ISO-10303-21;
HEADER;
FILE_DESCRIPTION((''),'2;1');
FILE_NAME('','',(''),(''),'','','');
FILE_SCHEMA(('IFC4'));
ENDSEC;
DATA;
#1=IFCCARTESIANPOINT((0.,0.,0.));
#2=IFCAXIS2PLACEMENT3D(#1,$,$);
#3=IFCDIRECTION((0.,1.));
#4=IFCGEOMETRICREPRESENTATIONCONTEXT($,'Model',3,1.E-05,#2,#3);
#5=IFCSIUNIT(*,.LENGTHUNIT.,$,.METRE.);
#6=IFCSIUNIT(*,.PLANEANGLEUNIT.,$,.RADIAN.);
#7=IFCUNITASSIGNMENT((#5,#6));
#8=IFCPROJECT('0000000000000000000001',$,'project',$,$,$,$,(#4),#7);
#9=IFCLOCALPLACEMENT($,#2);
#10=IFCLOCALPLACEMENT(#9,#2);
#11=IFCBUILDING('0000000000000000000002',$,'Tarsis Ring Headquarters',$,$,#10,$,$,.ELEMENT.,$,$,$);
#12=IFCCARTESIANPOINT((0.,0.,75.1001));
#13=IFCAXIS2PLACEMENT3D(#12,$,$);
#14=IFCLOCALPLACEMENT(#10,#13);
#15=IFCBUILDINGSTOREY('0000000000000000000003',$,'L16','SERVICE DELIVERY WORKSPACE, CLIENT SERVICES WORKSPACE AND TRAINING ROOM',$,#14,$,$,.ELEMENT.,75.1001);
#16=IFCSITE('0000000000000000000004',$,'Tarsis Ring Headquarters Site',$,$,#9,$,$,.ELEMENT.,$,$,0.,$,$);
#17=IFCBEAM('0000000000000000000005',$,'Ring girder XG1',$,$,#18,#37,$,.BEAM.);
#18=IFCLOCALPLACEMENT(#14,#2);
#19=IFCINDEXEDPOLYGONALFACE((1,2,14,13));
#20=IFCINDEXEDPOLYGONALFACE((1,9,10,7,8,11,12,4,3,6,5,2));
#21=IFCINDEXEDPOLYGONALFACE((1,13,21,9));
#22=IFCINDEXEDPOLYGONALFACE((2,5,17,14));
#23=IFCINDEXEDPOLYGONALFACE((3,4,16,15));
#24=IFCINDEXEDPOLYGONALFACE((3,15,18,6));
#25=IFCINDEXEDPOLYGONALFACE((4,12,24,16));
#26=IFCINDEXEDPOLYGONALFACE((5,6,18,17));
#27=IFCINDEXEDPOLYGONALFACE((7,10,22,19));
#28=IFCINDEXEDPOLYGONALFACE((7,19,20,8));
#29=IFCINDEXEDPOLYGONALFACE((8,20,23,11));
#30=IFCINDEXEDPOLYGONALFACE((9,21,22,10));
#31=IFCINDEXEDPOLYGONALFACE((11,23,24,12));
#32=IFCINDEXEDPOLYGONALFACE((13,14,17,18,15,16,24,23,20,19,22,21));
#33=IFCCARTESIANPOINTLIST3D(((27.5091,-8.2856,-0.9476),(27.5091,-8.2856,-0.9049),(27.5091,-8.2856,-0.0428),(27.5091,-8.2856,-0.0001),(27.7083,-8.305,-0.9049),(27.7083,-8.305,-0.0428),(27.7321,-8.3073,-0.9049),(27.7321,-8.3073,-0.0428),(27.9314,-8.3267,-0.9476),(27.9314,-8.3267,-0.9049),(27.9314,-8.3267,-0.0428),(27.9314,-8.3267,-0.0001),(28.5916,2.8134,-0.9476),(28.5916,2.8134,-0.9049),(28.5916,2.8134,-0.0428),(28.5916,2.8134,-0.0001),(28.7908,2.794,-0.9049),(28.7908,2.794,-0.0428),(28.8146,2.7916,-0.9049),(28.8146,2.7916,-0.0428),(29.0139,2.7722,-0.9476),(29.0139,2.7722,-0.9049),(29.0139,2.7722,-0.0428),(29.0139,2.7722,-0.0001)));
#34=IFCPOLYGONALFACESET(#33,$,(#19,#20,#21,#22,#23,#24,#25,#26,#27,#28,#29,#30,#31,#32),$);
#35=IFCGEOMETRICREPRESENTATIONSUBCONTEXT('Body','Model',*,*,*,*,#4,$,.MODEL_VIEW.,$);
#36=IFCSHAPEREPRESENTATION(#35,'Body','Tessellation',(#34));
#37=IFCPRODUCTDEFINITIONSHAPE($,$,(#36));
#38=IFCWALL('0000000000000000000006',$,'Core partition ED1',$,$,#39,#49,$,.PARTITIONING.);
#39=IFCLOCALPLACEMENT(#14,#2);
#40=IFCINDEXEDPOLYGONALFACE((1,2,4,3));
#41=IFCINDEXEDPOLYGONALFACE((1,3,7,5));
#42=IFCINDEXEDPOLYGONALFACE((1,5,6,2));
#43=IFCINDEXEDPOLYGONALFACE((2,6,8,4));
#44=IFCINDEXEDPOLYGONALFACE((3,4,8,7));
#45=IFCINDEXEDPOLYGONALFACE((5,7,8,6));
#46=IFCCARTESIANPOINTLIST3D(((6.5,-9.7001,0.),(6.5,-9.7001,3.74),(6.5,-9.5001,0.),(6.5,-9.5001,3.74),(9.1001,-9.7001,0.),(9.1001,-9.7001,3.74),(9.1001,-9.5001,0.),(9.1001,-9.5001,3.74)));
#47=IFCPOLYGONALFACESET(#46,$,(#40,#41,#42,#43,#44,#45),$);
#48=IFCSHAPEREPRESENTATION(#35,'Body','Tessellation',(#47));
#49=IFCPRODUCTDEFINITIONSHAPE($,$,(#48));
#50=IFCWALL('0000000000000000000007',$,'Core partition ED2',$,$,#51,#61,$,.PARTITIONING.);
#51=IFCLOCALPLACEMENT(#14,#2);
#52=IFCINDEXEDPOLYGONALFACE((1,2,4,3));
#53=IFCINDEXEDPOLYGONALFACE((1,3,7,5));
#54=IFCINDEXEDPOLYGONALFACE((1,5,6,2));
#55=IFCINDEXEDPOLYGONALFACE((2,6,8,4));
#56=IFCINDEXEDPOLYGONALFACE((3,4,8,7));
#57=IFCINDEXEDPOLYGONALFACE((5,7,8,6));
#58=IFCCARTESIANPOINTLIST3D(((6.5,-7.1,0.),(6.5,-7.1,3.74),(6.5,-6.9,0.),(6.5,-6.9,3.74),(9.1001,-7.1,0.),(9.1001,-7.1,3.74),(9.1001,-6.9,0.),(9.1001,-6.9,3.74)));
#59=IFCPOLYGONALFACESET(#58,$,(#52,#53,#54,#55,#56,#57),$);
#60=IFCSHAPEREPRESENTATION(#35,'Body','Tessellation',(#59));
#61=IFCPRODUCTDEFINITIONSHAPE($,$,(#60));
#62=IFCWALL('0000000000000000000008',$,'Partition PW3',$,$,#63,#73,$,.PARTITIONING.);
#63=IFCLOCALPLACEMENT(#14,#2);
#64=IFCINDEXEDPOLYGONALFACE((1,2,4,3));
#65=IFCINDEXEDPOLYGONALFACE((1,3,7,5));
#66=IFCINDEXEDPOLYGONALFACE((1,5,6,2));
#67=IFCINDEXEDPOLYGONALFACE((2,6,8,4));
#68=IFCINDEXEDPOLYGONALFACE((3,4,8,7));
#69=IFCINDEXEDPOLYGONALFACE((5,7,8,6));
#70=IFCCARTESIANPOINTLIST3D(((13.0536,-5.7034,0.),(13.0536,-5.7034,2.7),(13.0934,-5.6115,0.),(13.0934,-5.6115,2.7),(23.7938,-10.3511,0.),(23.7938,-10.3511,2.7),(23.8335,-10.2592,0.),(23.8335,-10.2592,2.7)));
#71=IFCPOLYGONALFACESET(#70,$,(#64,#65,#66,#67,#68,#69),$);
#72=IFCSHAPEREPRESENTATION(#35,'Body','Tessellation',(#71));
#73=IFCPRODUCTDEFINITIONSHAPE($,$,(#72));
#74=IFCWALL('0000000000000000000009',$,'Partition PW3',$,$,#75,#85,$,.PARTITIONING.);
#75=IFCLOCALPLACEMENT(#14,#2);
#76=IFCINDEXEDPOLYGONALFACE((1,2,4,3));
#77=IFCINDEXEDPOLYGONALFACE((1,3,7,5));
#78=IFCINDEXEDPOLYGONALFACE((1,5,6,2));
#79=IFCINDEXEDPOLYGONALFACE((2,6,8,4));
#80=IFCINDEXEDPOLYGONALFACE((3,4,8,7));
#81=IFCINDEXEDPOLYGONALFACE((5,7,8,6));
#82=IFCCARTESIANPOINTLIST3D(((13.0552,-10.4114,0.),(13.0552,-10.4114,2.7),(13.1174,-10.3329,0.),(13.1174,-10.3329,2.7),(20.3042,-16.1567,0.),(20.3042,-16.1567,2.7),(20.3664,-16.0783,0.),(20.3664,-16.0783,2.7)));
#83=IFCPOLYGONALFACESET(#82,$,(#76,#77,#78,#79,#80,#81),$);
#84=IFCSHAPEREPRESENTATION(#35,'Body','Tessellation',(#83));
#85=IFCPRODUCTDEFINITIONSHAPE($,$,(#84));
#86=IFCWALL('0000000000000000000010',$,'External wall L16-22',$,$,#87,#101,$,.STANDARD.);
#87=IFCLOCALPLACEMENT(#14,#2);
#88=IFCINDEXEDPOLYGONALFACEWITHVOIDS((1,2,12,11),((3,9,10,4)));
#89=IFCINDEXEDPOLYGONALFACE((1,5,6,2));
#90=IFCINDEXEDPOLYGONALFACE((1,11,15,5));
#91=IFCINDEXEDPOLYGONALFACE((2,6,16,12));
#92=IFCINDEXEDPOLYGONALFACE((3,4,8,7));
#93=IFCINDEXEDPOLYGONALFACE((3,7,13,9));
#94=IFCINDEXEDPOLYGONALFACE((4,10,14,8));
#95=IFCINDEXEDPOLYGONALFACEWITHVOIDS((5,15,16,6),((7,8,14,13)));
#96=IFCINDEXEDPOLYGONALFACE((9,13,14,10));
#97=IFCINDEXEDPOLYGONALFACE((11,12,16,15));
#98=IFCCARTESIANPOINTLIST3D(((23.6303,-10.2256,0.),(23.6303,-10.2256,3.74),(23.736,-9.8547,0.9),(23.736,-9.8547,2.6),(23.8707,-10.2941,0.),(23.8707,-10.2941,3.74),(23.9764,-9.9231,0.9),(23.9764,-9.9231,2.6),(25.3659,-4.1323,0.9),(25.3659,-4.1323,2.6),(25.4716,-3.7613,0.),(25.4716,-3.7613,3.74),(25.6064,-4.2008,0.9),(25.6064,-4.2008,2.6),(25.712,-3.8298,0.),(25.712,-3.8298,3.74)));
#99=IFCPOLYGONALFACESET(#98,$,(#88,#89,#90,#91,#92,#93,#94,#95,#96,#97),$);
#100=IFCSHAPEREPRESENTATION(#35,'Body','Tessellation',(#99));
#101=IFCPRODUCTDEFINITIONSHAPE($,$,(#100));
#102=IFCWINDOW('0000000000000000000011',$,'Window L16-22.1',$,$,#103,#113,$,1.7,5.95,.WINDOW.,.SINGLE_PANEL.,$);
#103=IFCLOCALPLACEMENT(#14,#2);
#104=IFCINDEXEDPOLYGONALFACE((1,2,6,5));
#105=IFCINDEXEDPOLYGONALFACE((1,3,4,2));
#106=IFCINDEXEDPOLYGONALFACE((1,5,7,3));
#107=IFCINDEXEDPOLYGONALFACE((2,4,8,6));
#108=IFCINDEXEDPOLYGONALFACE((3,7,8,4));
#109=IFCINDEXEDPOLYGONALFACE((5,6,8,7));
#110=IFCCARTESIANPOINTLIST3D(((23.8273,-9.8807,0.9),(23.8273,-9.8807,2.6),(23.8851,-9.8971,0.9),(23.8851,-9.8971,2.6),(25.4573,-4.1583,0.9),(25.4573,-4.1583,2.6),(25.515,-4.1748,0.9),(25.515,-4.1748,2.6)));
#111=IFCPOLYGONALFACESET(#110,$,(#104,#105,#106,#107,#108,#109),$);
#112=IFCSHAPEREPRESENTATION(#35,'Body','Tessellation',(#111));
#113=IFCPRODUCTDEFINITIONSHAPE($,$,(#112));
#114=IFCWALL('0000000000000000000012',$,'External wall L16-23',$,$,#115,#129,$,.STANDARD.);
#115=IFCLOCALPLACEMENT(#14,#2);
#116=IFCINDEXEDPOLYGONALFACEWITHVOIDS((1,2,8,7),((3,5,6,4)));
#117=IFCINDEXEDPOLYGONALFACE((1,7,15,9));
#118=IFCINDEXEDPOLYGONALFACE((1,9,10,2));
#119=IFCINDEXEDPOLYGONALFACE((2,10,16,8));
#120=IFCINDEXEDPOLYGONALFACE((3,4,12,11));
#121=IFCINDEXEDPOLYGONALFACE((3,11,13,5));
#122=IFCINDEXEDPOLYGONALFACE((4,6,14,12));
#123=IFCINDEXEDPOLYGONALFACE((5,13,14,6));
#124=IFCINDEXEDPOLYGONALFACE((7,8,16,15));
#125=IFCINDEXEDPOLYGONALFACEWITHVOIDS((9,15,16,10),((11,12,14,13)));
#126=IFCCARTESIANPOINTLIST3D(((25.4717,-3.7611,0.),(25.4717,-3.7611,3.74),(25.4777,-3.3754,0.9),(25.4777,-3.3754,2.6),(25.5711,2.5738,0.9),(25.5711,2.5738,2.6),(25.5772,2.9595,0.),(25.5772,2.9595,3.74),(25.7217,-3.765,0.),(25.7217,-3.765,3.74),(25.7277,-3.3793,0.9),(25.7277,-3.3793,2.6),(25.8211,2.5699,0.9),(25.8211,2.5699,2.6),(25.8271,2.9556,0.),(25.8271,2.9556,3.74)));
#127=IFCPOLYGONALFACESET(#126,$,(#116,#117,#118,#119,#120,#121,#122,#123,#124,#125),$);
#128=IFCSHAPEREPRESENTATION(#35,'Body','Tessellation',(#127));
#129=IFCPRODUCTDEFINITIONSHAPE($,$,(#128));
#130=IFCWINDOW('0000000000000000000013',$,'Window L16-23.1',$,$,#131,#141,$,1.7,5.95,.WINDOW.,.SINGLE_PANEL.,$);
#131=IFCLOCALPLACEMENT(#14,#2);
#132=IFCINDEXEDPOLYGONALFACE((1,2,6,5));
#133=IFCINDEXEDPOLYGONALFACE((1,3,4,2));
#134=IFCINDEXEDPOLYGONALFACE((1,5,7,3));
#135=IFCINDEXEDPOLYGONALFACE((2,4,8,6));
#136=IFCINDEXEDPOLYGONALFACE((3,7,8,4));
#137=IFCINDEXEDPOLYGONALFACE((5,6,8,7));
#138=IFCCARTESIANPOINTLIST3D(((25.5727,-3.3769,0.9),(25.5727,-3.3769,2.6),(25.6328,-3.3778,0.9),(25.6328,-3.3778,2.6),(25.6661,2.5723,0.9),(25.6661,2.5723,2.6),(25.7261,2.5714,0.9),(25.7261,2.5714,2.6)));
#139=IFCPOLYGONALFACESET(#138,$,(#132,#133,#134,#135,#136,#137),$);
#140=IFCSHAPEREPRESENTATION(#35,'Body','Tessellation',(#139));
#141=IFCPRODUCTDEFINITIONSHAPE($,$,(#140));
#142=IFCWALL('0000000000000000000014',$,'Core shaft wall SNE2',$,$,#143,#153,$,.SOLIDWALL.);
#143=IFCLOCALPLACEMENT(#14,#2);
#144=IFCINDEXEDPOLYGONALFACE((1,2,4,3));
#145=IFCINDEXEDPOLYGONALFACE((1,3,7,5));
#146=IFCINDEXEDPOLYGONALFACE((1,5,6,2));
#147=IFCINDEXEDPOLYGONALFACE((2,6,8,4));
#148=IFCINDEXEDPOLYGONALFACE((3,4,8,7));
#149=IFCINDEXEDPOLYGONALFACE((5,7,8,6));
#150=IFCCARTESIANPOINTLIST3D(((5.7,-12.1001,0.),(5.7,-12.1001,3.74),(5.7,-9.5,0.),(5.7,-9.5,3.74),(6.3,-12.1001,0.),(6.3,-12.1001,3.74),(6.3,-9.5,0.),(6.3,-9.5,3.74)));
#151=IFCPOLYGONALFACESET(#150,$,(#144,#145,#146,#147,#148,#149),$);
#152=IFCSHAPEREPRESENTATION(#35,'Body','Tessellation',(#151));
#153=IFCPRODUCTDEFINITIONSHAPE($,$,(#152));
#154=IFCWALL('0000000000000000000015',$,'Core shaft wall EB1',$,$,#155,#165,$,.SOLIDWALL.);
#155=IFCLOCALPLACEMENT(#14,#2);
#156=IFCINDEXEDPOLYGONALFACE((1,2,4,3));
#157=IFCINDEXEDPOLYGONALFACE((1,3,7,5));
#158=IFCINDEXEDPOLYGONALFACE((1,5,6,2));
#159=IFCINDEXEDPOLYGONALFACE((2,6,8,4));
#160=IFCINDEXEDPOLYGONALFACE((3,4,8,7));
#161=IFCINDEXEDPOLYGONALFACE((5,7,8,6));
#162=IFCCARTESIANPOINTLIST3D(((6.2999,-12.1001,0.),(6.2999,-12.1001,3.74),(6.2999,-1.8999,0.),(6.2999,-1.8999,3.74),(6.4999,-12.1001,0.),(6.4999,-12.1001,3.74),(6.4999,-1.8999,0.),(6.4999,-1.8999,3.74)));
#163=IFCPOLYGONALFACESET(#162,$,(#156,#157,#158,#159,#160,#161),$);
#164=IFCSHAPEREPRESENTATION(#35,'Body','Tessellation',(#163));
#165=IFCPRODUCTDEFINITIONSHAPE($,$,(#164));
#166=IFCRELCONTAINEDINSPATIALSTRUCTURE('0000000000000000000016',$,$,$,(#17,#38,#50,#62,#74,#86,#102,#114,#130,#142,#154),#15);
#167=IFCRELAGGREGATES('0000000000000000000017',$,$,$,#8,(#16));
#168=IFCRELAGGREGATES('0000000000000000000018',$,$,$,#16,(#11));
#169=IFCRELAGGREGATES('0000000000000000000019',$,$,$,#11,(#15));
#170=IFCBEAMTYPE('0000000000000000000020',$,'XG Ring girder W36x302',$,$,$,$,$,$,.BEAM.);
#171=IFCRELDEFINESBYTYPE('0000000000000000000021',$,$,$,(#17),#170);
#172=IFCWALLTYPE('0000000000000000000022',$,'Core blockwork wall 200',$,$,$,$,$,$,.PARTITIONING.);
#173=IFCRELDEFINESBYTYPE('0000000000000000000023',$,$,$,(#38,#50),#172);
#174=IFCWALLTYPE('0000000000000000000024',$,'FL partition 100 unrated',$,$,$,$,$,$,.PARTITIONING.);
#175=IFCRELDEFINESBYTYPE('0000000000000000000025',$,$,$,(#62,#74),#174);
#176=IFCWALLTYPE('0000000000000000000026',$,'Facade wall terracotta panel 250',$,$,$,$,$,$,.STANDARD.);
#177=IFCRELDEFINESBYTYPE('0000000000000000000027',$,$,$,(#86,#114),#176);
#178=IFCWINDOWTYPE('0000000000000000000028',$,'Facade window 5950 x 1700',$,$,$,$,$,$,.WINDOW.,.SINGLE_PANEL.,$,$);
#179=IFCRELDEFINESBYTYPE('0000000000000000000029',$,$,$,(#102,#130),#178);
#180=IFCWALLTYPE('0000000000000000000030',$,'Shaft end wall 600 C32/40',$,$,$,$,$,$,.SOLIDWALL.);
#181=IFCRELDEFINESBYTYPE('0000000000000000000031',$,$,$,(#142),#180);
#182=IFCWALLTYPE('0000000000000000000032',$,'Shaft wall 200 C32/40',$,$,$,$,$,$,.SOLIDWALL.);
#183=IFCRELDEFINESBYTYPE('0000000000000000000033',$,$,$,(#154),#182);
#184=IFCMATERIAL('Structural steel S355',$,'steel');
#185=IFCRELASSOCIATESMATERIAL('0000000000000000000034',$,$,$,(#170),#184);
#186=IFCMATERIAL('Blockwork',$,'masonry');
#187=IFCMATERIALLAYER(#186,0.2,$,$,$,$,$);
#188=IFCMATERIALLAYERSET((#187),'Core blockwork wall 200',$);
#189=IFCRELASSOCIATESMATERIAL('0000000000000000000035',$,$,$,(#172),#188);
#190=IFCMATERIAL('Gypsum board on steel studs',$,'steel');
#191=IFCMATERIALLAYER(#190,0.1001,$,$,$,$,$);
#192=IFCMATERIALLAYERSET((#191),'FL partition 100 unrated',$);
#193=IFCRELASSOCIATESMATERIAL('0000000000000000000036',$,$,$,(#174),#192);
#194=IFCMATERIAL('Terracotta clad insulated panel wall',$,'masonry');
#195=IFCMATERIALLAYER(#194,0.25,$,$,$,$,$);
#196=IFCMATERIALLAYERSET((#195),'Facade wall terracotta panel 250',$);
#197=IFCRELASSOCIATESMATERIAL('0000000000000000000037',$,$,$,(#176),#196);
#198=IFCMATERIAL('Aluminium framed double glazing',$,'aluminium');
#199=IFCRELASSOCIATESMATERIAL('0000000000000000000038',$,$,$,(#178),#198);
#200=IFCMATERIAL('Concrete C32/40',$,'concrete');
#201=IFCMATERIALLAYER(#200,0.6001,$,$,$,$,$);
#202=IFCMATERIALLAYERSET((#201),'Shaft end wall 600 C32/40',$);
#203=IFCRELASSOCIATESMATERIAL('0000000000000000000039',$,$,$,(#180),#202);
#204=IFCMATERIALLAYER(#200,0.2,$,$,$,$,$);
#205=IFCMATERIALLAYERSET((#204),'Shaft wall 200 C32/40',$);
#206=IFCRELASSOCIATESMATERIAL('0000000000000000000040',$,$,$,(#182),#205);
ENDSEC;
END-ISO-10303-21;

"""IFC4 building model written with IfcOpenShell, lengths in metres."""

from ifc_helpers import new_model, si_unit, direction, frame, frame_2d, origin, origin_2d, place, context, subcontext, project, spatial, rectangle, i_section, extrude, material, layer, layer_set, material_profile, profile_set, type_object, element, fill, save


model = new_model("IFC4")

# Units and contexts
model_context = context("Model", 3, precision=1e-05, world=origin(), true_north=direction((0.0, 1.0)))
body_context = subcontext(model_context, "Body", "Model", "MODEL_VIEW")
ifc_project = project(units=[si_unit("LENGTHUNIT", "METRE"), si_unit("PLANEANGLEUNIT", "RADIAN")], contexts=[model_context])

# Site, building, storey
site_placement = place(None, origin())
site = spatial("IfcSite", under=ifc_project, at=site_placement, Name="Tarsis Ring Headquarters Site", CompositionType="ELEMENT", RefElevation=0.0)
building_placement = place(site_placement, origin())
building = spatial("IfcBuilding", under=site, at=building_placement, Name="Tarsis Ring Headquarters", CompositionType="ELEMENT")
storey_placement = place(building_placement, frame((0.0, 0.0, 75.1001)))
storey = spatial("IfcBuildingStorey", under=building, at=storey_placement, Name="L16", Description="SERVICE DELIVERY WORKSPACE, CLIENT SERVICES WORKSPACE AND TRAINING ROOM", CompositionType="ELEMENT", Elevation=75.1001)

# Beam
ifc_material_1 = material(Name="Structural steel S355", Category="steel")
ifc_material_profile_1 = material_profile(ifc_material_1, i_section(OverallWidth=0.4243, OverallDepth=0.9475, WebThickness=0.0239, FlangeThickness=0.0427, at=origin_2d()), Name="W36x302")
ifc_profile_set_1 = profile_set([ifc_material_profile_1], Name="Structural steel S355")
beam_type_1 = type_object("IfcBeamType", Name="XG Ring girder W36x302", PredefinedType="BEAM", material=ifc_profile_set_1)
beam_1_placement = place(storey_placement, frame((27.7202, -8.3062, -0.4739), z_axis=(0.097074, 0.995277, 0.0), x_axis=(-0.995277, 0.097074, 0.0)))
element("IfcBeam", 1, at=beam_1_placement, inside=storey, type_object=beam_type_1, Name="Ring girder XG1", PredefinedType="BEAM", context=body_context, shape_type="SweptSolid", body=[
    extrude(i_section(OverallWidth=0.4243, OverallDepth=0.9475, WebThickness=0.0239, FlangeThickness=0.0427, at=origin_2d()), origin(), (0.0, 0.0, 1.0), 11.1516),
])

# Walls
ifc_material_2 = material(Name="Blockwork", Category="masonry")
ifc_layer_1 = layer(ifc_material_2, 0.2)
ifc_layer_set_1 = layer_set([ifc_layer_1], Name="Core blockwork wall 200")
wall_type_1 = type_object("IfcWallType", Name="Core blockwork wall 200", PredefinedType="PARTITIONING", material=ifc_layer_set_1)
for number, where, z_axis, x_axis, name in (
    (2, (6.5, -9.6001, 0.0), (0.0, 0.0, 1.0), (1.0, 0.0, 0.0), "Core partition ED1"),
    (3, (6.5, -7.0, 0.0), (0.0, 0.0, 1.0), (1.0, 0.0, 0.0), "Core partition ED2"),
):
    element("IfcWall", number, at=place(storey_placement, frame(where, z_axis=z_axis, x_axis=x_axis)), inside=storey, type_object=wall_type_1, Name=name, PredefinedType="PARTITIONING", context=body_context, shape_type="SweptSolid", body=[
        extrude(rectangle(XDim=2.6001, YDim=0.2, at=frame_2d((1.3, 0.0))), origin(), (0.0, 0.0, 1.0), 3.74),
    ])
ifc_material_3 = material(Name="Gypsum board on steel studs", Category="steel")
ifc_layer_2 = layer(ifc_material_3, 0.1001)
ifc_layer_set_2 = layer_set([ifc_layer_2], Name="FL partition 100 unrated")
wall_type_2 = type_object("IfcWallType", Name="FL partition 100 unrated", PredefinedType="PARTITIONING", material=ifc_layer_set_2)
wall_1_placement = place(storey_placement, frame((13.0735, -5.6575, 0.0), z_axis=(0.0, 0.0, 1.0), x_axis=(0.917755, -0.397147, 0.0)))
element("IfcWall", 4, at=wall_1_placement, inside=storey, type_object=wall_type_2, Name="Partition PW3", PredefinedType="PARTITIONING", context=body_context, shape_type="SweptSolid", body=[
    extrude(rectangle(XDim=11.7026, YDim=0.1001, at=frame_2d((5.8513, 0.0))), origin(), (0.0, 0.0, 1.0), 2.7),
])
wall_2_placement = place(storey_placement, frame((13.0862, -10.3721, 0.0), z_axis=(0.0, 0.0, 1.0), x_axis=(0.783701, -0.621138, 0.0)))
element("IfcWall", 5, at=wall_2_placement, inside=storey, type_object=wall_type_2, Name="Partition PW3", PredefinedType="PARTITIONING", context=body_context, shape_type="SweptSolid", body=[
    extrude(rectangle(XDim=9.2498, YDim=0.1001, at=frame_2d((4.625, 0.0))), origin(), (0.0, 0.0, 1.0), 2.7),
])

# Walls, openings, windows
ifc_material_4 = material(Name="Terracotta clad insulated panel wall", Category="masonry")
ifc_layer_3 = layer(ifc_material_4, 0.25)
ifc_layer_set_3 = layer_set([ifc_layer_3], Name="Facade wall terracotta panel 250")
wall_type_3 = type_object("IfcWallType", Name="Facade wall terracotta panel 250", PredefinedType="STANDARD", material=ifc_layer_set_3)
wall_3_placement = place(storey_placement, frame((23.7505, -10.26, 0.0), z_axis=(0.0, 0.0, 1.0), x_axis=(0.273944, 0.961746, 0.0)))
wall_3 = element("IfcWall", 6, at=wall_3_placement, inside=storey, type_object=wall_type_3, Name="External wall L16-22", PredefinedType="STANDARD", context=body_context, shape_type="SweptSolid", body=[
    extrude(rectangle(XDim=6.7214, YDim=0.25, at=frame_2d((3.3608, 0.0))), origin(), (0.0, 0.0, 1.0), 3.74),
])
opening_1_placement = place(wall_3_placement, frame((0.3857, 0.0, 0.8999)))
opening_1 = element("IfcOpeningElement", 7, at=opening_1_placement, cuts=wall_3, PredefinedType="OPENING", context=body_context, shape_type="SweptSolid", body=[
    extrude(rectangle(XDim=5.95, YDim=1.7, at=frame_2d((2.9751, 0.8501))), frame((0.0, 0.135, 0.0), z_axis=(0.0, -1.0, 0.0), x_axis=(1.0, 0.0, 0.0)), (0.0, 0.0, 1.0), 0.27),
])
ifc_material_5 = material(Name="Aluminium framed double glazing", Category="aluminium")
window_type = type_object("IfcWindowType", Name="Facade window 5950 x 1700", PartitioningType="SINGLE_PANEL", PredefinedType="WINDOW", material=ifc_material_5)
window_1_placement = place(opening_1_placement, origin())
window_1 = element("IfcWindow", 8, at=window_1_placement, inside=storey, type_object=window_type, Name="Window L16-22.1", OverallHeight=1.7, OverallWidth=5.95, PartitioningType="SINGLE_PANEL", PredefinedType="WINDOW", context=body_context, shape_type="SweptSolid", body=[
    extrude(rectangle(XDim=5.95, YDim=1.7, at=frame_2d((2.9751, 0.8501))), frame((0.0, 0.03, 0.0), z_axis=(0.0, -1.0, 0.0), x_axis=(1.0, 0.0, 0.0)), (0.0, 0.0, 1.0), 0.0601),
])
fill(opening_1, window_1)
wall_4_placement = place(storey_placement, frame((25.5967, -3.7632, 0.0), z_axis=(0.0, 0.0, 1.0), x_axis=(0.015691, 0.999877, 0.0)))
wall_4 = element("IfcWall", 9, at=wall_4_placement, inside=storey, type_object=wall_type_3, Name="External wall L16-23", PredefinedType="STANDARD", context=body_context, shape_type="SweptSolid", body=[
    extrude(rectangle(XDim=6.7214, YDim=0.25, at=frame_2d((3.3608, 0.0))), origin(), (0.0, 0.0, 1.0), 3.74),
])
opening_2_placement = place(wall_4_placement, frame((0.3857, 0.0, 0.8999)))
opening_2 = element("IfcOpeningElement", 10, at=opening_2_placement, cuts=wall_4, PredefinedType="OPENING", context=body_context, shape_type="SweptSolid", body=[
    extrude(rectangle(XDim=5.95, YDim=1.7, at=frame_2d((2.9751, 0.8501))), frame((0.0, 0.135, 0.0), z_axis=(0.0, -1.0, 0.0), x_axis=(1.0, 0.0, 0.0)), (0.0, 0.0, 1.0), 0.27),
])
window_2_placement = place(opening_2_placement, origin())
window_2 = element("IfcWindow", 11, at=window_2_placement, inside=storey, type_object=window_type, Name="Window L16-23.1", OverallHeight=1.7, OverallWidth=5.95, PartitioningType="SINGLE_PANEL", PredefinedType="WINDOW", context=body_context, shape_type="SweptSolid", body=[
    extrude(rectangle(XDim=5.95, YDim=1.7, at=frame_2d((2.9751, 0.8501))), frame((0.0, 0.03, 0.0), z_axis=(0.0, -1.0, 0.0), x_axis=(1.0, 0.0, 0.0)), (0.0, 0.0, 1.0), 0.0601),
])
fill(opening_2, window_2)

# Walls
ifc_material_6 = material(Name="Concrete C32/40", Category="concrete")
ifc_layer_4 = layer(ifc_material_6, 0.6001)
ifc_layer_set_4 = layer_set([ifc_layer_4], Name="Shaft end wall 600 C32/40")
wall_type_4 = type_object("IfcWallType", Name="Shaft end wall 600 C32/40", PredefinedType="SOLIDWALL", material=ifc_layer_set_4)
wall_5_placement = place(storey_placement, frame((6.0, -12.1001, 0.0), z_axis=(0.0, 0.0, 1.0), x_axis=(0.0, 1.0, 0.0)))
element("IfcWall", 12, at=wall_5_placement, inside=storey, type_object=wall_type_4, Name="Core shaft wall SNE2", PredefinedType="SOLIDWALL", context=body_context, shape_type="SweptSolid", body=[
    extrude(rectangle(XDim=2.6001, YDim=0.6001, at=frame_2d((1.3, 0.0))), origin(), (0.0, 0.0, 1.0), 3.74),
])
ifc_layer_5 = layer(ifc_material_6, 0.2)
ifc_layer_set_5 = layer_set([ifc_layer_5], Name="Shaft wall 200 C32/40")
wall_type_5 = type_object("IfcWallType", Name="Shaft wall 200 C32/40", PredefinedType="SOLIDWALL", material=ifc_layer_set_5)
wall_6_placement = place(storey_placement, frame((6.3999, -12.1001, 0.0), z_axis=(0.0, 0.0, 1.0), x_axis=(0.0, 1.0, 0.0)))
element("IfcWall", 13, at=wall_6_placement, inside=storey, type_object=wall_type_5, Name="Core shaft wall EB1", PredefinedType="SOLIDWALL", context=body_context, shape_type="SweptSolid", body=[
    extrude(rectangle(XDim=10.2002, YDim=0.2, at=frame_2d((5.1001, 0.0))), origin(), (0.0, 0.0, 1.0), 3.74),
])

save(model, "model.ifc")
